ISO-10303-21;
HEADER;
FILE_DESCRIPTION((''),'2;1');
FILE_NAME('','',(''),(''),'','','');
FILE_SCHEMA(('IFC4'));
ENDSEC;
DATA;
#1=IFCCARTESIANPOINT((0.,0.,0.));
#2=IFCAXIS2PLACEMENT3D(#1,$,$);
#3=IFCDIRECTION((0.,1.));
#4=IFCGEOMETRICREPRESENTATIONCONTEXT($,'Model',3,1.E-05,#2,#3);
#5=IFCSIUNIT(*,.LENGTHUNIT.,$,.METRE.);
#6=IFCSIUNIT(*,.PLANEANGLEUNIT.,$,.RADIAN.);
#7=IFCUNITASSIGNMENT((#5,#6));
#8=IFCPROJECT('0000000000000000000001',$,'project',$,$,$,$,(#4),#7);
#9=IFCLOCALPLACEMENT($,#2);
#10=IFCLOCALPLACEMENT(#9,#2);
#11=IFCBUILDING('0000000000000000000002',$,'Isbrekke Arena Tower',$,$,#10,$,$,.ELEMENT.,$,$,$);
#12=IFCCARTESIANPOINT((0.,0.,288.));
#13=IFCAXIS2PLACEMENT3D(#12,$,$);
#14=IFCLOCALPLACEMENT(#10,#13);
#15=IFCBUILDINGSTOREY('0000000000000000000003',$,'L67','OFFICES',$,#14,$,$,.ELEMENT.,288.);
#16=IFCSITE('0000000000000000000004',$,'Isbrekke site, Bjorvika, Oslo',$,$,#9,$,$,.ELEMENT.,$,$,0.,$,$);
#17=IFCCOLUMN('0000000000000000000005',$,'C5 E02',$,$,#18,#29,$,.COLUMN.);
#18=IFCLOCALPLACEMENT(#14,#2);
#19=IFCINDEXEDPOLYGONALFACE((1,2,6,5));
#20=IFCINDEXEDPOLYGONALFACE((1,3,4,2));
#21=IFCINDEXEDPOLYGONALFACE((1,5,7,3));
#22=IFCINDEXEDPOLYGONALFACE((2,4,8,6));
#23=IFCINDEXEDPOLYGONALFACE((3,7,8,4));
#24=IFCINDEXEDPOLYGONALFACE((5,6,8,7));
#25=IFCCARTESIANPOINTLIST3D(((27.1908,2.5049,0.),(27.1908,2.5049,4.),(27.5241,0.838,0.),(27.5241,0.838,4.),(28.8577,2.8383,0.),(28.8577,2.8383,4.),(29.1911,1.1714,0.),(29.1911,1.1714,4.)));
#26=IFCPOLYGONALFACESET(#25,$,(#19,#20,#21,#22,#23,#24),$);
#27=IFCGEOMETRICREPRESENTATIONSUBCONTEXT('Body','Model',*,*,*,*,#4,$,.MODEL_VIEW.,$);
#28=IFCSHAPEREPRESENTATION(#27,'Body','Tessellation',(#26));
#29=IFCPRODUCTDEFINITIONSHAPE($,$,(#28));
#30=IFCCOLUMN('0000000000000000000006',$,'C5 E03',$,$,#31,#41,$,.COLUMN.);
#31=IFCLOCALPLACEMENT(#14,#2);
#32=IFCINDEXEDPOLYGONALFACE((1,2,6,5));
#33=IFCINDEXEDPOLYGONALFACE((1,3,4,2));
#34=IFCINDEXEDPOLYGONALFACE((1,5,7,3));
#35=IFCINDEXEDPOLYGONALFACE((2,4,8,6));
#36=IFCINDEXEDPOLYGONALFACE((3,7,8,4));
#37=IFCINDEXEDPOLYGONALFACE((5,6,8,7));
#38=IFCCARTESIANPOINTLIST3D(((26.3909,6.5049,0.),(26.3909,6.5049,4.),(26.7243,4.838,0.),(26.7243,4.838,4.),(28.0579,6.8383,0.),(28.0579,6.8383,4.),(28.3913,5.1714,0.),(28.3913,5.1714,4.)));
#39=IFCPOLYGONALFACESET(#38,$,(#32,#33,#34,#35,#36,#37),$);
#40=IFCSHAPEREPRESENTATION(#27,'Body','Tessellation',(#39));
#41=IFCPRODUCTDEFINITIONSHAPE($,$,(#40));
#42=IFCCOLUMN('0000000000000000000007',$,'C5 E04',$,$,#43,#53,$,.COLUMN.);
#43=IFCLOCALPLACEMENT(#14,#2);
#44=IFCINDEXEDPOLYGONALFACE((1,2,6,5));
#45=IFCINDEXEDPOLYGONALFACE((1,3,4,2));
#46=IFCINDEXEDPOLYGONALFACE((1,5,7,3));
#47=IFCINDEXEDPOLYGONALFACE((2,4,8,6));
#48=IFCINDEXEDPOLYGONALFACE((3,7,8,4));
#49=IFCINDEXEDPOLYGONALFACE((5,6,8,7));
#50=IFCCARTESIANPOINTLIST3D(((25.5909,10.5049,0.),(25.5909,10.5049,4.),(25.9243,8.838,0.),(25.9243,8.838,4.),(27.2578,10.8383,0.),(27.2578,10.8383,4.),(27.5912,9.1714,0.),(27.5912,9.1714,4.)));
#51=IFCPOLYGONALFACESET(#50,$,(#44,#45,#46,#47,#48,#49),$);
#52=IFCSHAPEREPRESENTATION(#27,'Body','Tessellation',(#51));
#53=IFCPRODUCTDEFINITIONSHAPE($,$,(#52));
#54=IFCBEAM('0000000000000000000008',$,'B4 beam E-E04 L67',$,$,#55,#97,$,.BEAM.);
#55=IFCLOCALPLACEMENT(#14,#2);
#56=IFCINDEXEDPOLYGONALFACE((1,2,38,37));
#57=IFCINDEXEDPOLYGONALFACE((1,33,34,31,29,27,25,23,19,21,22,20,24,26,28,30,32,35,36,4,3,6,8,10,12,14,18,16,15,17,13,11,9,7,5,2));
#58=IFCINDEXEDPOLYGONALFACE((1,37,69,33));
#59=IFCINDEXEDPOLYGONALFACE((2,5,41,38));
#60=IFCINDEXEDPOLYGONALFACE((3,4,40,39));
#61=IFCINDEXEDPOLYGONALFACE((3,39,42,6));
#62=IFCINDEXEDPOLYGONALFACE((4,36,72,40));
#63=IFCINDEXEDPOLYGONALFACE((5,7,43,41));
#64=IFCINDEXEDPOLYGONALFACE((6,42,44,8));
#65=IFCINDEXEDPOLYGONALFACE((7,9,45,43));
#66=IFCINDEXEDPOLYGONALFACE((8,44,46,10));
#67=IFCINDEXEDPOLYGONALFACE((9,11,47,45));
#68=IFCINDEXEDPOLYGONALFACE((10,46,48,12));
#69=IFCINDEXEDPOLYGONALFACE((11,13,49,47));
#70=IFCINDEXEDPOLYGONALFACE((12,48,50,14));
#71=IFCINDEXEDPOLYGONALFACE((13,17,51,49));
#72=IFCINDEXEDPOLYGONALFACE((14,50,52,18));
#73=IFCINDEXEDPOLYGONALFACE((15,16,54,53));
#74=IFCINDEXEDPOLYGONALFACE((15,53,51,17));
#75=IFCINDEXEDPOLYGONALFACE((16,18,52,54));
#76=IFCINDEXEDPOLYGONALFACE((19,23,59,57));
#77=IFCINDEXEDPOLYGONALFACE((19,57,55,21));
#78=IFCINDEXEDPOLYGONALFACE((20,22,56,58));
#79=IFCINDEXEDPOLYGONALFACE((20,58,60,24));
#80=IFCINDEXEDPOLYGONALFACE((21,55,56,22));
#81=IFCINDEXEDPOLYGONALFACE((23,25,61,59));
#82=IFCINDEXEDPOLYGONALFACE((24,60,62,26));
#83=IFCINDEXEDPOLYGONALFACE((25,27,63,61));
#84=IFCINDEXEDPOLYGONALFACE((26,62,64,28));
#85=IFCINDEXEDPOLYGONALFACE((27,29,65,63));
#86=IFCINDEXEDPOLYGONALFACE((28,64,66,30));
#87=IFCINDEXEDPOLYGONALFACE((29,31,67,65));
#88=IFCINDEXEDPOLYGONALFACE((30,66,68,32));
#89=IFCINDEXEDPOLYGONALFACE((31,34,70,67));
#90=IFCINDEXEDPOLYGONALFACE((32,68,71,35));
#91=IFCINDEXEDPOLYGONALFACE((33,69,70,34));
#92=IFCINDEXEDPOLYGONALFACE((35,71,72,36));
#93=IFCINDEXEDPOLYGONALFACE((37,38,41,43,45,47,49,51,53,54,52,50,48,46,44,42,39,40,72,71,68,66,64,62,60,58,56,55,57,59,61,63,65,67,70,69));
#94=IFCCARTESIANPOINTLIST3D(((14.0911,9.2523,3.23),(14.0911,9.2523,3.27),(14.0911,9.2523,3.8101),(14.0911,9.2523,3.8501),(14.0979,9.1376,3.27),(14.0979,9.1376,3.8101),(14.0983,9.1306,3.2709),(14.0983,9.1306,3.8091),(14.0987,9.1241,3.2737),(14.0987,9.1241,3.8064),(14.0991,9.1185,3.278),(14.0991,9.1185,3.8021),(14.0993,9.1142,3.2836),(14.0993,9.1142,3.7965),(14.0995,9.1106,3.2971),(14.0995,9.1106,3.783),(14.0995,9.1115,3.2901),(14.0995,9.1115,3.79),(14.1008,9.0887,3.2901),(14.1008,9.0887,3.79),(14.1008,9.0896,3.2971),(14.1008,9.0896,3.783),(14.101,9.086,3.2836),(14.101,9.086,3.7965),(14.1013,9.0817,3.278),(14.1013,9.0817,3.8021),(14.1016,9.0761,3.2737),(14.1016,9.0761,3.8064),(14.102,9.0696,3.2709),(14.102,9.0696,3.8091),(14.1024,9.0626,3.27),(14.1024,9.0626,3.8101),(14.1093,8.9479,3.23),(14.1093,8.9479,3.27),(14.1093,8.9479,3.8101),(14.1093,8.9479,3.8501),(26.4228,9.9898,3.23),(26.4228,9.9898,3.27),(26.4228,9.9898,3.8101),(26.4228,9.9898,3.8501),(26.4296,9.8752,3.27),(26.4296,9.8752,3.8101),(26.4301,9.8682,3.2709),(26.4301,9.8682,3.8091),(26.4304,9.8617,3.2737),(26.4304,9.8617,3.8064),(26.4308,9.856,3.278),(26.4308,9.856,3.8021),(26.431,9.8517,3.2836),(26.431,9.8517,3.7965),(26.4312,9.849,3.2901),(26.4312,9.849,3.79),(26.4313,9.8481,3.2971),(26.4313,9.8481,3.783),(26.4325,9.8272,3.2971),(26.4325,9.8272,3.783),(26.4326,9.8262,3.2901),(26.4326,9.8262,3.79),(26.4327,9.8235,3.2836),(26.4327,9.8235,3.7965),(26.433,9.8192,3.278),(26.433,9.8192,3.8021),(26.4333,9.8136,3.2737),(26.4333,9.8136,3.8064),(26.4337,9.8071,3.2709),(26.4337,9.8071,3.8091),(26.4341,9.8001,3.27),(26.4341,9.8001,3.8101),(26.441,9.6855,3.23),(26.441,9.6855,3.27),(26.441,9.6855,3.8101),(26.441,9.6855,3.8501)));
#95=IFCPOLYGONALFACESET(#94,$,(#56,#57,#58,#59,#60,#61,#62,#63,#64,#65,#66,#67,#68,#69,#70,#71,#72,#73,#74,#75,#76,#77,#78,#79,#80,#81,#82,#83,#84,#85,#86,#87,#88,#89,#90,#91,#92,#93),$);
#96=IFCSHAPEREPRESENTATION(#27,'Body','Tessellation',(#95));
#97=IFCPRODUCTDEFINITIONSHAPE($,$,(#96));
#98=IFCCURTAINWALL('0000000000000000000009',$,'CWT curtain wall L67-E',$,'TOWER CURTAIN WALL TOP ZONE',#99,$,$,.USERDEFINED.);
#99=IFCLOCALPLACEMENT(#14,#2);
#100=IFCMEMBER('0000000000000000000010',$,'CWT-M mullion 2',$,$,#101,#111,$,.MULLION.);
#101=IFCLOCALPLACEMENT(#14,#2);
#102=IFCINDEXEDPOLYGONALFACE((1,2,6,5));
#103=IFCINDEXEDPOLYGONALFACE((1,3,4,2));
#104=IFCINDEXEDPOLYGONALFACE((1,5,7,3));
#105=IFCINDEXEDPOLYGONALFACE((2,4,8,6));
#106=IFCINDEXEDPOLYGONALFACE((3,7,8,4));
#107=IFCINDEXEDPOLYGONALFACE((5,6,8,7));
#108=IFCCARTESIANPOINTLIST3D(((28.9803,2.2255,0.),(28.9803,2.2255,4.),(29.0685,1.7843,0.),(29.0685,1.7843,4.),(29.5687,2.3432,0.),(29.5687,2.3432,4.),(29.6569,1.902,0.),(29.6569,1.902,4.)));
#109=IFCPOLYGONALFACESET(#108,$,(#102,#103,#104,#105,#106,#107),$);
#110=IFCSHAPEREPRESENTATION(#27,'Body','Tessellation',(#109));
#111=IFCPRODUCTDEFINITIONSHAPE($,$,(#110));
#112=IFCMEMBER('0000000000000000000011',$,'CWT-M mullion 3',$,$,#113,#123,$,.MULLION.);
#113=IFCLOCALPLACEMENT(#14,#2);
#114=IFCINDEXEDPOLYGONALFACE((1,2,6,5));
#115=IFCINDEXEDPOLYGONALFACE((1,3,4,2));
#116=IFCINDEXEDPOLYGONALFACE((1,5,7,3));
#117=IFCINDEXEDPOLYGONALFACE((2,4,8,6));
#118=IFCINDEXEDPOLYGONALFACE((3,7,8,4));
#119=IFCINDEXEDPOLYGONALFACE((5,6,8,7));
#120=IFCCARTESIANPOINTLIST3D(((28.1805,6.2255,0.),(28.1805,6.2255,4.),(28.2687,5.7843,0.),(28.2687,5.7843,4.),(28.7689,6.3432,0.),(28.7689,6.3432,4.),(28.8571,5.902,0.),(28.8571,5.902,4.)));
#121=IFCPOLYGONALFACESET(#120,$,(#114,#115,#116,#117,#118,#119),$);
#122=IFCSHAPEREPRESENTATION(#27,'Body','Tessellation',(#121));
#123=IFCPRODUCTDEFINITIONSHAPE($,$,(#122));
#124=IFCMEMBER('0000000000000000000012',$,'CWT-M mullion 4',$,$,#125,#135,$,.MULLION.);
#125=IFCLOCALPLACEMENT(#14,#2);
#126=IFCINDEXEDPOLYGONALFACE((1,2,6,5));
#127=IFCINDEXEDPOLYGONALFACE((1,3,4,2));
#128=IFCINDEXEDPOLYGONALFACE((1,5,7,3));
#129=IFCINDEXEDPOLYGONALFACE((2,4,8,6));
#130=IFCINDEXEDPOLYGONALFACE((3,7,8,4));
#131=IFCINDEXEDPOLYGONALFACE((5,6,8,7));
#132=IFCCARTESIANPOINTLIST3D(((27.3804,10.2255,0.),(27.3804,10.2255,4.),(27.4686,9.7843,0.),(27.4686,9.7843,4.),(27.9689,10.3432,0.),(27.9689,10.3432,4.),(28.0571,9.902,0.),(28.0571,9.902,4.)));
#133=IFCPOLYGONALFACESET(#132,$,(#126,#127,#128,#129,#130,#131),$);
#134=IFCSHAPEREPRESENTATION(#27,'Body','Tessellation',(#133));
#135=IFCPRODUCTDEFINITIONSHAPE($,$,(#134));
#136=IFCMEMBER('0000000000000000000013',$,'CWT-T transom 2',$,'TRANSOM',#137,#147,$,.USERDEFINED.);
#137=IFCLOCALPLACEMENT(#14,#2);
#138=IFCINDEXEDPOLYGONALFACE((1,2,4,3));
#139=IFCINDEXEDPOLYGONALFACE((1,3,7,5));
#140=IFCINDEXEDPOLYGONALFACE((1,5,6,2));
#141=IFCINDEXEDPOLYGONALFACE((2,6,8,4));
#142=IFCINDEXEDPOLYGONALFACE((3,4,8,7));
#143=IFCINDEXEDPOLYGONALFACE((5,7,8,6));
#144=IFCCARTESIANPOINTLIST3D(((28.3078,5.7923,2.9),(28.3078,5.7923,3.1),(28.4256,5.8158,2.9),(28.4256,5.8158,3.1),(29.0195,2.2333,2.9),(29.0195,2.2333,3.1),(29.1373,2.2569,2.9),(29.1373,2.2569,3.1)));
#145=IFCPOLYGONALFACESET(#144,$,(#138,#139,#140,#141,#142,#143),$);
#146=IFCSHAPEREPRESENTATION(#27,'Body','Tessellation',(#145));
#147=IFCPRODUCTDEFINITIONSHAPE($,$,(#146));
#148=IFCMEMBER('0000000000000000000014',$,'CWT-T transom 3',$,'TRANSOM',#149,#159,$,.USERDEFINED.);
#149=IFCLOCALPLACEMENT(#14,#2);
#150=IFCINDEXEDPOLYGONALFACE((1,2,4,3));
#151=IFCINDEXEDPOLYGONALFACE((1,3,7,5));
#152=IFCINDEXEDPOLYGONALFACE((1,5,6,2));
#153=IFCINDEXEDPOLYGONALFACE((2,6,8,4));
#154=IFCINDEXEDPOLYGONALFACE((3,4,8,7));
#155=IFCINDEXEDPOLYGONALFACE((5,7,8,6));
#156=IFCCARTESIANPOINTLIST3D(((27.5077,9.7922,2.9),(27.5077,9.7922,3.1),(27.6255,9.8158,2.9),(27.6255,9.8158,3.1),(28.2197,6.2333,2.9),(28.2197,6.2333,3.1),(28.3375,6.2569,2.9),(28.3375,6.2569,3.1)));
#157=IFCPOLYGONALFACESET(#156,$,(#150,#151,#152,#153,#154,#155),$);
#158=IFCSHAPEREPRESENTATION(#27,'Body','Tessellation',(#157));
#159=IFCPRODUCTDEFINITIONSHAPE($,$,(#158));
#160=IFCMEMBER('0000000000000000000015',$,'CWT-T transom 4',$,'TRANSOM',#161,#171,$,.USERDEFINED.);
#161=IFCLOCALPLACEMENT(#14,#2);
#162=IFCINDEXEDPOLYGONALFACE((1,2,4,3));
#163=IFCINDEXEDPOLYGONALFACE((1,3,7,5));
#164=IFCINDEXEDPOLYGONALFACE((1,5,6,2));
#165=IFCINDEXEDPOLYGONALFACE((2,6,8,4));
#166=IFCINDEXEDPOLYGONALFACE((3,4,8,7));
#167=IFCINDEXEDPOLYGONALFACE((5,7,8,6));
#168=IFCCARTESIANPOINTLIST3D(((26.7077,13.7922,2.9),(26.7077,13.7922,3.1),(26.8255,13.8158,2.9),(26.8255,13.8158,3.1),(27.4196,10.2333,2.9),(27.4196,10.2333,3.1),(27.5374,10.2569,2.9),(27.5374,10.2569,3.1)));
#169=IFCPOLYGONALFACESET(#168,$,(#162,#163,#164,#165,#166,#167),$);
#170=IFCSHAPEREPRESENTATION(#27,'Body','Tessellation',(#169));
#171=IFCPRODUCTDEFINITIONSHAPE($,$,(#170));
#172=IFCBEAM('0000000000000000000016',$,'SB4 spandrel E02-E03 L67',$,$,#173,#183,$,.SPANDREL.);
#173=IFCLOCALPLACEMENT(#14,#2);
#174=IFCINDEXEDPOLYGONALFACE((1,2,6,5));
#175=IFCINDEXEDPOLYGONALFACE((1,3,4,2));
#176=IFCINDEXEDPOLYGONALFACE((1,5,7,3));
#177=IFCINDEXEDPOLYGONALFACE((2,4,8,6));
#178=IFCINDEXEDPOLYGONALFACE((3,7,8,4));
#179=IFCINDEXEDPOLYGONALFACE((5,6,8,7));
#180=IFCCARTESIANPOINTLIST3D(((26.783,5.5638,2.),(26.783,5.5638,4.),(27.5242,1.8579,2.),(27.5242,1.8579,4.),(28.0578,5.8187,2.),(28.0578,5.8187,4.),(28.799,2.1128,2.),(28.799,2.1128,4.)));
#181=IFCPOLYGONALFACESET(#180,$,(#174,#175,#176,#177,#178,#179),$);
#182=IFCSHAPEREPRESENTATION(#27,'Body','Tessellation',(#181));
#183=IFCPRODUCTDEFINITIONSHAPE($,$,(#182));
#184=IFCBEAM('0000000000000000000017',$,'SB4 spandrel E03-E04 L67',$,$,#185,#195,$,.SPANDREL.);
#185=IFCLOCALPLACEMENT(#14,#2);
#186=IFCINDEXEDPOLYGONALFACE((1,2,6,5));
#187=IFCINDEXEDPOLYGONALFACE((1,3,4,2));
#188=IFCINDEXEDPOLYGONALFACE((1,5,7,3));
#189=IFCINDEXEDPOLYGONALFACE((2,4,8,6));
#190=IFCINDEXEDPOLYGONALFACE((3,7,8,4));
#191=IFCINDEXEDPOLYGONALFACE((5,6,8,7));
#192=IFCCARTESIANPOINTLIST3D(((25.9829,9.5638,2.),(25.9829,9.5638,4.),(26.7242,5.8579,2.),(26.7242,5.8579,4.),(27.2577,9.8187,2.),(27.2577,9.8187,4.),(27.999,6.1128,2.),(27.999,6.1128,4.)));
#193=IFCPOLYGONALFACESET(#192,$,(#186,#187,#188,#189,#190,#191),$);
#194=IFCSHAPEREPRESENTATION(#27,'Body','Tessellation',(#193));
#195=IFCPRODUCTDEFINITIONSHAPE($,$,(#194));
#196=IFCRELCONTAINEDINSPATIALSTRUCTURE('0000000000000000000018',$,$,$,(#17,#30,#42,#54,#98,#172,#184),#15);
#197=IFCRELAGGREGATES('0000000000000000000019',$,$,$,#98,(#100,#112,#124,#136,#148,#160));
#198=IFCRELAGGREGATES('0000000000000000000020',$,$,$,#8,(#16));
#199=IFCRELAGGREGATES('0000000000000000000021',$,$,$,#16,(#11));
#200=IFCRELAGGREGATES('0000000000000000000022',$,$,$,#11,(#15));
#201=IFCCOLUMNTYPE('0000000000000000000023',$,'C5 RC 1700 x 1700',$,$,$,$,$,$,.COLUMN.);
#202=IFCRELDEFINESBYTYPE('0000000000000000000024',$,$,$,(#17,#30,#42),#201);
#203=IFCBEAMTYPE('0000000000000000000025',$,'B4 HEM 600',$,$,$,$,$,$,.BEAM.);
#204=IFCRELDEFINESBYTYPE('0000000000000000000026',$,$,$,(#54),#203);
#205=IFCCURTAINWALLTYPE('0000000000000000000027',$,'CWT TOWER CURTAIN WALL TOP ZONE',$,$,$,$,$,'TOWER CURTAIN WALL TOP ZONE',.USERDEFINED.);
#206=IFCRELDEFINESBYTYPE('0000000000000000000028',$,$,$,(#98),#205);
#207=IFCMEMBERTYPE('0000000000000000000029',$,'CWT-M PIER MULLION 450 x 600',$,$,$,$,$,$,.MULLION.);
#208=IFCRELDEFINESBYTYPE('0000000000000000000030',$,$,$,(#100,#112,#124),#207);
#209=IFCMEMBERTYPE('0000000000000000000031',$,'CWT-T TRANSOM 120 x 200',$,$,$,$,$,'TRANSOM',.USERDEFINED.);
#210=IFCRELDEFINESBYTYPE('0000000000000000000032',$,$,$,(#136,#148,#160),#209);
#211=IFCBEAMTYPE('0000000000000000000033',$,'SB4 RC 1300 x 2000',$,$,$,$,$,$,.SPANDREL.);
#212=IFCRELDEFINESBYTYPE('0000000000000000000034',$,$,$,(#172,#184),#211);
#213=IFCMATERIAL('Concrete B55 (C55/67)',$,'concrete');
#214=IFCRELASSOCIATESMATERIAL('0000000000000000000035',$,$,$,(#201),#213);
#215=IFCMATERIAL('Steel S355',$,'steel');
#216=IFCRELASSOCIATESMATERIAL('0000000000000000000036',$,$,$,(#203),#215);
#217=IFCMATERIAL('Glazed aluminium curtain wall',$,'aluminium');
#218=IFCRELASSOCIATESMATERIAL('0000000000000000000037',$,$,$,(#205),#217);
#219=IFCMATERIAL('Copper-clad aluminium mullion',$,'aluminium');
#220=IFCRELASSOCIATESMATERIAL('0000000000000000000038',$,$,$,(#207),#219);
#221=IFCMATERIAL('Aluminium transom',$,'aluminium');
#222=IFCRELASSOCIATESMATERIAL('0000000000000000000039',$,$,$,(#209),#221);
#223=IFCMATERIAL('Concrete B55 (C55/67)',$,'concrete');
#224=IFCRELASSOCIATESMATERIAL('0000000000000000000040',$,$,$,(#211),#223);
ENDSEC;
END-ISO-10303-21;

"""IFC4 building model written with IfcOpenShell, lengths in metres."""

from ifc_helpers import new_model, si_unit, direction, frame, origin, origin_2d, place, context, subcontext, project, spatial, rectangle, i_section, extrude, material, material_profile, profile_set, type_object, element, aggregate, save


model = new_model("IFC4")

# Units and contexts
model_context = context("Model", 3, precision=1e-05, world=origin(), true_north=direction((0.0, 1.0)))
body_context = subcontext(model_context, "Body", "Model", "MODEL_VIEW")
ifc_project = project(units=[si_unit("LENGTHUNIT", "METRE"), si_unit("PLANEANGLEUNIT", "RADIAN")], contexts=[model_context])

# Site, building, storey
site_placement = place(None, origin())
site = spatial("IfcSite", under=ifc_project, at=site_placement, Name="Isbrekke site, Bjorvika, Oslo", CompositionType="ELEMENT", RefElevation=0.0)
building_placement = place(site_placement, origin())
building = spatial("IfcBuilding", under=site, at=building_placement, Name="Isbrekke Arena Tower", CompositionType="ELEMENT")
storey_placement = place(building_placement, frame((0.0, 0.0, 288.0)))
storey = spatial("IfcBuildingStorey", under=building, at=storey_placement, Name="L67", Description="OFFICES", CompositionType="ELEMENT", Elevation=288.0)

# Columns
ifc_material_1 = material(Name="Concrete B55 (C55/67)", Category="concrete")
ifc_material_profile_1 = material_profile(ifc_material_1, rectangle(XDim=1.7, YDim=1.7, at=origin_2d()), Name="RC 1700x1700")
ifc_profile_set_1 = profile_set([ifc_material_profile_1], Name="Concrete B55 (C55/67)")
column_type = type_object("IfcColumnType", Name="C5 RC 1700 x 1700", PredefinedType="COLUMN", material=ifc_profile_set_1)
for number, where, z_axis, x_axis, name in (
    (1, (28.1909, 1.8381, 0.0), (0.0, 0.0, 1.0), (-0.196116, 0.980581, 0.0), "C5 E02"),
    (2, (27.3911, 5.8381, 0.0), (0.0, 0.0, 1.0), (-0.196116, 0.980581, 0.0), "C5 E03"),
    (3, (26.5911, 9.8381, 0.0), (0.0, 0.0, 1.0), (-0.196116, 0.980581, 0.0), "C5 E04"),
):
    element("IfcColumn", number, at=place(storey_placement, frame(where, z_axis=z_axis, x_axis=x_axis)), inside=storey, type_object=column_type, Name=name, PredefinedType="COLUMN", context=body_context, shape_type="SweptSolid", body=[
        extrude(rectangle(XDim=1.7, YDim=1.7, at=origin_2d()), origin(), (0.0, 0.0, 1.0), 4.0),
    ])

# Beam
ifc_material_2 = material(Name="Steel S355", Category="steel")
ifc_material_profile_2 = material_profile(ifc_material_2, i_section(OverallWidth=0.3049, OverallDepth=0.6201, WebThickness=0.021, FlangeThickness=0.04, FilletRadius=0.0271, at=origin_2d()), Name="HEM 600")
ifc_profile_set_2 = profile_set([ifc_material_profile_2], Name="Steel S355")
beam_type_1 = type_object("IfcBeamType", Name="B4 HEM 600", PredefinedType="BEAM", material=ifc_profile_set_2)
beam_1_placement = place(storey_placement, frame((26.4319, 9.8376, 3.54), z_axis=(-0.998216, -0.059702, 0.0), x_axis=(0.059702, -0.998216, 0.0)))
element("IfcBeam", 4, at=beam_1_placement, inside=storey, type_object=beam_type_1, Name="B4 beam E-E04 L67", PredefinedType="BEAM", context=body_context, shape_type="SweptSolid", body=[
    extrude(i_section(OverallWidth=0.3049, OverallDepth=0.6201, WebThickness=0.021, FlangeThickness=0.04, FilletRadius=0.0271, at=origin_2d()), origin(), (0.0, 0.0, 1.0), 12.3538),
])

# Curtain wall, members
ifc_material_3 = material(Name="Glazed aluminium curtain wall", Category="aluminium")
curtain_wall_type = type_object("IfcCurtainWallType", Name="CWT TOWER CURTAIN WALL TOP ZONE", ElementType="TOWER CURTAIN WALL TOP ZONE", PredefinedType="USERDEFINED", material=ifc_material_3)
curtain_wall_placement = place(storey_placement, origin())
curtain_wall = element("IfcCurtainWall", 5, at=curtain_wall_placement, inside=storey, type_object=curtain_wall_type, Name="CWT curtain wall L67-E", ObjectType="TOWER CURTAIN WALL TOP ZONE", PredefinedType="USERDEFINED")
ifc_material_4 = material(Name="Copper-clad aluminium mullion", Category="aluminium")
ifc_material_profile_3 = material_profile(ifc_material_4, rectangle(XDim=0.45, YDim=0.6001, at=origin_2d()), Name="PIER 450X600")
ifc_profile_set_3 = profile_set([ifc_material_profile_3], Name="Copper-clad aluminium mullion")
member_type_1 = type_object("IfcMemberType", Name="CWT-M PIER MULLION 450 x 600", PredefinedType="MULLION", material=ifc_profile_set_3)
member_1_placement = place(storey_placement, frame((29.3186, 2.0637, 0.0), z_axis=(0.0, 0.0, 1.0), x_axis=(-0.196116, 0.980581, 0.0)))
member_1 = element("IfcMember", 6, at=member_1_placement, type_object=member_type_1, Name="CWT-M mullion 2", PredefinedType="MULLION", context=body_context, shape_type="SweptSolid", body=[
    extrude(rectangle(XDim=0.45, YDim=0.6001, at=origin_2d()), origin(), (0.0, 0.0, 1.0), 4.0),
])
member_2_placement = place(storey_placement, frame((28.5188, 6.0637, 0.0), z_axis=(0.0, 0.0, 1.0), x_axis=(-0.196116, 0.980581, 0.0)))
member_2 = element("IfcMember", 7, at=member_2_placement, type_object=member_type_1, Name="CWT-M mullion 3", PredefinedType="MULLION", context=body_context, shape_type="SweptSolid", body=[
    extrude(rectangle(XDim=0.45, YDim=0.6001, at=origin_2d()), origin(), (0.0, 0.0, 1.0), 4.0),
])
member_3_placement = place(storey_placement, frame((27.7188, 10.0637, 0.0), z_axis=(0.0, 0.0, 1.0), x_axis=(-0.196116, 0.980581, 0.0)))
member_3 = element("IfcMember", 8, at=member_3_placement, type_object=member_type_1, Name="CWT-M mullion 4", PredefinedType="MULLION", context=body_context, shape_type="SweptSolid", body=[
    extrude(rectangle(XDim=0.45, YDim=0.6001, at=origin_2d()), origin(), (0.0, 0.0, 1.0), 4.0),
])
ifc_material_5 = material(Name="Aluminium transom", Category="aluminium")
ifc_material_profile_4 = material_profile(ifc_material_5, rectangle(XDim=0.1201, YDim=0.2, at=origin_2d()), Name="TRANSOM 120X200")
ifc_profile_set_4 = profile_set([ifc_material_profile_4], Name="Aluminium transom")
member_type_2 = type_object("IfcMemberType", Name="CWT-T TRANSOM 120 x 200", ElementType="TRANSOM", PredefinedType="USERDEFINED", material=ifc_profile_set_4)
member_4_placement = place(storey_placement, frame((29.0784, 2.2451, 3.0), z_axis=(-0.19609, 0.980586, 0.0), x_axis=(-0.980586, -0.19609, 0.0)))
member_4 = element("IfcMember", 9, at=member_4_placement, type_object=member_type_2, Name="CWT-T transom 2", ObjectType="TRANSOM", PredefinedType="USERDEFINED", context=body_context, shape_type="SweptSolid", body=[
    extrude(rectangle(XDim=0.1201, YDim=0.2, at=origin_2d()), origin(), (0.0, 0.0, 1.0), 3.6294),
])
member_5_placement = place(storey_placement, frame((28.2786, 6.2451, 3.0), z_axis=(-0.196155, 0.980573, 0.0), x_axis=(-0.980573, -0.196155, 0.0)))
member_5 = element("IfcMember", 10, at=member_5_placement, type_object=member_type_2, Name="CWT-T transom 3", ObjectType="TRANSOM", PredefinedType="USERDEFINED", context=body_context, shape_type="SweptSolid", body=[
    extrude(rectangle(XDim=0.1201, YDim=0.2, at=origin_2d()), origin(), (0.0, 0.0, 1.0), 3.6294),
])
member_6_placement = place(storey_placement, frame((27.4785, 10.2451, 3.0), z_axis=(-0.196155, 0.980573, 0.0), x_axis=(-0.980573, -0.196155, 0.0)))
member_6 = element("IfcMember", 11, at=member_6_placement, type_object=member_type_2, Name="CWT-T transom 4", ObjectType="TRANSOM", PredefinedType="USERDEFINED", context=body_context, shape_type="SweptSolid", body=[
    extrude(rectangle(XDim=0.1201, YDim=0.2, at=origin_2d()), origin(), (0.0, 0.0, 1.0), 3.6294),
])

# Beams
ifc_material_6 = material(Name="Concrete B55 (C55/67)", Category="concrete")
ifc_material_profile_5 = material_profile(ifc_material_6, rectangle(XDim=1.3, YDim=2.0, at=origin_2d()), Name="RC 1300x2000")
ifc_profile_set_5 = profile_set([ifc_material_profile_5], Name="Concrete B55 (C55/67)")
beam_type_2 = type_object("IfcBeamType", Name="SB4 RC 1300 x 2000", PredefinedType="SPANDREL", material=ifc_profile_set_5)
for number, where, z_axis, x_axis, name in (
    (12, (28.1616, 1.9854, 3.0), (-0.196129, 0.980578, 0.0), (-0.980578, -0.196129, 0.0), "SB4 spandrel E02-E03 L67"),
    (13, (27.3616, 5.9854, 3.0), (-0.196129, 0.980578, 0.0), (-0.980578, -0.196129, 0.0), "SB4 spandrel E03-E04 L67"),
):
    element("IfcBeam", number, at=place(storey_placement, frame(where, z_axis=z_axis, x_axis=x_axis)), inside=storey, type_object=beam_type_2, Name=name, PredefinedType="SPANDREL", context=body_context, shape_type="SweptSolid", body=[
        extrude(rectangle(XDim=1.3, YDim=2.0, at=origin_2d()), origin(), (0.0, 0.0, 1.0), 3.7793),
    ])

aggregate(curtain_wall, [member_1, member_2, member_3, member_4, member_5, member_6])

save(model, "model.ifc")
